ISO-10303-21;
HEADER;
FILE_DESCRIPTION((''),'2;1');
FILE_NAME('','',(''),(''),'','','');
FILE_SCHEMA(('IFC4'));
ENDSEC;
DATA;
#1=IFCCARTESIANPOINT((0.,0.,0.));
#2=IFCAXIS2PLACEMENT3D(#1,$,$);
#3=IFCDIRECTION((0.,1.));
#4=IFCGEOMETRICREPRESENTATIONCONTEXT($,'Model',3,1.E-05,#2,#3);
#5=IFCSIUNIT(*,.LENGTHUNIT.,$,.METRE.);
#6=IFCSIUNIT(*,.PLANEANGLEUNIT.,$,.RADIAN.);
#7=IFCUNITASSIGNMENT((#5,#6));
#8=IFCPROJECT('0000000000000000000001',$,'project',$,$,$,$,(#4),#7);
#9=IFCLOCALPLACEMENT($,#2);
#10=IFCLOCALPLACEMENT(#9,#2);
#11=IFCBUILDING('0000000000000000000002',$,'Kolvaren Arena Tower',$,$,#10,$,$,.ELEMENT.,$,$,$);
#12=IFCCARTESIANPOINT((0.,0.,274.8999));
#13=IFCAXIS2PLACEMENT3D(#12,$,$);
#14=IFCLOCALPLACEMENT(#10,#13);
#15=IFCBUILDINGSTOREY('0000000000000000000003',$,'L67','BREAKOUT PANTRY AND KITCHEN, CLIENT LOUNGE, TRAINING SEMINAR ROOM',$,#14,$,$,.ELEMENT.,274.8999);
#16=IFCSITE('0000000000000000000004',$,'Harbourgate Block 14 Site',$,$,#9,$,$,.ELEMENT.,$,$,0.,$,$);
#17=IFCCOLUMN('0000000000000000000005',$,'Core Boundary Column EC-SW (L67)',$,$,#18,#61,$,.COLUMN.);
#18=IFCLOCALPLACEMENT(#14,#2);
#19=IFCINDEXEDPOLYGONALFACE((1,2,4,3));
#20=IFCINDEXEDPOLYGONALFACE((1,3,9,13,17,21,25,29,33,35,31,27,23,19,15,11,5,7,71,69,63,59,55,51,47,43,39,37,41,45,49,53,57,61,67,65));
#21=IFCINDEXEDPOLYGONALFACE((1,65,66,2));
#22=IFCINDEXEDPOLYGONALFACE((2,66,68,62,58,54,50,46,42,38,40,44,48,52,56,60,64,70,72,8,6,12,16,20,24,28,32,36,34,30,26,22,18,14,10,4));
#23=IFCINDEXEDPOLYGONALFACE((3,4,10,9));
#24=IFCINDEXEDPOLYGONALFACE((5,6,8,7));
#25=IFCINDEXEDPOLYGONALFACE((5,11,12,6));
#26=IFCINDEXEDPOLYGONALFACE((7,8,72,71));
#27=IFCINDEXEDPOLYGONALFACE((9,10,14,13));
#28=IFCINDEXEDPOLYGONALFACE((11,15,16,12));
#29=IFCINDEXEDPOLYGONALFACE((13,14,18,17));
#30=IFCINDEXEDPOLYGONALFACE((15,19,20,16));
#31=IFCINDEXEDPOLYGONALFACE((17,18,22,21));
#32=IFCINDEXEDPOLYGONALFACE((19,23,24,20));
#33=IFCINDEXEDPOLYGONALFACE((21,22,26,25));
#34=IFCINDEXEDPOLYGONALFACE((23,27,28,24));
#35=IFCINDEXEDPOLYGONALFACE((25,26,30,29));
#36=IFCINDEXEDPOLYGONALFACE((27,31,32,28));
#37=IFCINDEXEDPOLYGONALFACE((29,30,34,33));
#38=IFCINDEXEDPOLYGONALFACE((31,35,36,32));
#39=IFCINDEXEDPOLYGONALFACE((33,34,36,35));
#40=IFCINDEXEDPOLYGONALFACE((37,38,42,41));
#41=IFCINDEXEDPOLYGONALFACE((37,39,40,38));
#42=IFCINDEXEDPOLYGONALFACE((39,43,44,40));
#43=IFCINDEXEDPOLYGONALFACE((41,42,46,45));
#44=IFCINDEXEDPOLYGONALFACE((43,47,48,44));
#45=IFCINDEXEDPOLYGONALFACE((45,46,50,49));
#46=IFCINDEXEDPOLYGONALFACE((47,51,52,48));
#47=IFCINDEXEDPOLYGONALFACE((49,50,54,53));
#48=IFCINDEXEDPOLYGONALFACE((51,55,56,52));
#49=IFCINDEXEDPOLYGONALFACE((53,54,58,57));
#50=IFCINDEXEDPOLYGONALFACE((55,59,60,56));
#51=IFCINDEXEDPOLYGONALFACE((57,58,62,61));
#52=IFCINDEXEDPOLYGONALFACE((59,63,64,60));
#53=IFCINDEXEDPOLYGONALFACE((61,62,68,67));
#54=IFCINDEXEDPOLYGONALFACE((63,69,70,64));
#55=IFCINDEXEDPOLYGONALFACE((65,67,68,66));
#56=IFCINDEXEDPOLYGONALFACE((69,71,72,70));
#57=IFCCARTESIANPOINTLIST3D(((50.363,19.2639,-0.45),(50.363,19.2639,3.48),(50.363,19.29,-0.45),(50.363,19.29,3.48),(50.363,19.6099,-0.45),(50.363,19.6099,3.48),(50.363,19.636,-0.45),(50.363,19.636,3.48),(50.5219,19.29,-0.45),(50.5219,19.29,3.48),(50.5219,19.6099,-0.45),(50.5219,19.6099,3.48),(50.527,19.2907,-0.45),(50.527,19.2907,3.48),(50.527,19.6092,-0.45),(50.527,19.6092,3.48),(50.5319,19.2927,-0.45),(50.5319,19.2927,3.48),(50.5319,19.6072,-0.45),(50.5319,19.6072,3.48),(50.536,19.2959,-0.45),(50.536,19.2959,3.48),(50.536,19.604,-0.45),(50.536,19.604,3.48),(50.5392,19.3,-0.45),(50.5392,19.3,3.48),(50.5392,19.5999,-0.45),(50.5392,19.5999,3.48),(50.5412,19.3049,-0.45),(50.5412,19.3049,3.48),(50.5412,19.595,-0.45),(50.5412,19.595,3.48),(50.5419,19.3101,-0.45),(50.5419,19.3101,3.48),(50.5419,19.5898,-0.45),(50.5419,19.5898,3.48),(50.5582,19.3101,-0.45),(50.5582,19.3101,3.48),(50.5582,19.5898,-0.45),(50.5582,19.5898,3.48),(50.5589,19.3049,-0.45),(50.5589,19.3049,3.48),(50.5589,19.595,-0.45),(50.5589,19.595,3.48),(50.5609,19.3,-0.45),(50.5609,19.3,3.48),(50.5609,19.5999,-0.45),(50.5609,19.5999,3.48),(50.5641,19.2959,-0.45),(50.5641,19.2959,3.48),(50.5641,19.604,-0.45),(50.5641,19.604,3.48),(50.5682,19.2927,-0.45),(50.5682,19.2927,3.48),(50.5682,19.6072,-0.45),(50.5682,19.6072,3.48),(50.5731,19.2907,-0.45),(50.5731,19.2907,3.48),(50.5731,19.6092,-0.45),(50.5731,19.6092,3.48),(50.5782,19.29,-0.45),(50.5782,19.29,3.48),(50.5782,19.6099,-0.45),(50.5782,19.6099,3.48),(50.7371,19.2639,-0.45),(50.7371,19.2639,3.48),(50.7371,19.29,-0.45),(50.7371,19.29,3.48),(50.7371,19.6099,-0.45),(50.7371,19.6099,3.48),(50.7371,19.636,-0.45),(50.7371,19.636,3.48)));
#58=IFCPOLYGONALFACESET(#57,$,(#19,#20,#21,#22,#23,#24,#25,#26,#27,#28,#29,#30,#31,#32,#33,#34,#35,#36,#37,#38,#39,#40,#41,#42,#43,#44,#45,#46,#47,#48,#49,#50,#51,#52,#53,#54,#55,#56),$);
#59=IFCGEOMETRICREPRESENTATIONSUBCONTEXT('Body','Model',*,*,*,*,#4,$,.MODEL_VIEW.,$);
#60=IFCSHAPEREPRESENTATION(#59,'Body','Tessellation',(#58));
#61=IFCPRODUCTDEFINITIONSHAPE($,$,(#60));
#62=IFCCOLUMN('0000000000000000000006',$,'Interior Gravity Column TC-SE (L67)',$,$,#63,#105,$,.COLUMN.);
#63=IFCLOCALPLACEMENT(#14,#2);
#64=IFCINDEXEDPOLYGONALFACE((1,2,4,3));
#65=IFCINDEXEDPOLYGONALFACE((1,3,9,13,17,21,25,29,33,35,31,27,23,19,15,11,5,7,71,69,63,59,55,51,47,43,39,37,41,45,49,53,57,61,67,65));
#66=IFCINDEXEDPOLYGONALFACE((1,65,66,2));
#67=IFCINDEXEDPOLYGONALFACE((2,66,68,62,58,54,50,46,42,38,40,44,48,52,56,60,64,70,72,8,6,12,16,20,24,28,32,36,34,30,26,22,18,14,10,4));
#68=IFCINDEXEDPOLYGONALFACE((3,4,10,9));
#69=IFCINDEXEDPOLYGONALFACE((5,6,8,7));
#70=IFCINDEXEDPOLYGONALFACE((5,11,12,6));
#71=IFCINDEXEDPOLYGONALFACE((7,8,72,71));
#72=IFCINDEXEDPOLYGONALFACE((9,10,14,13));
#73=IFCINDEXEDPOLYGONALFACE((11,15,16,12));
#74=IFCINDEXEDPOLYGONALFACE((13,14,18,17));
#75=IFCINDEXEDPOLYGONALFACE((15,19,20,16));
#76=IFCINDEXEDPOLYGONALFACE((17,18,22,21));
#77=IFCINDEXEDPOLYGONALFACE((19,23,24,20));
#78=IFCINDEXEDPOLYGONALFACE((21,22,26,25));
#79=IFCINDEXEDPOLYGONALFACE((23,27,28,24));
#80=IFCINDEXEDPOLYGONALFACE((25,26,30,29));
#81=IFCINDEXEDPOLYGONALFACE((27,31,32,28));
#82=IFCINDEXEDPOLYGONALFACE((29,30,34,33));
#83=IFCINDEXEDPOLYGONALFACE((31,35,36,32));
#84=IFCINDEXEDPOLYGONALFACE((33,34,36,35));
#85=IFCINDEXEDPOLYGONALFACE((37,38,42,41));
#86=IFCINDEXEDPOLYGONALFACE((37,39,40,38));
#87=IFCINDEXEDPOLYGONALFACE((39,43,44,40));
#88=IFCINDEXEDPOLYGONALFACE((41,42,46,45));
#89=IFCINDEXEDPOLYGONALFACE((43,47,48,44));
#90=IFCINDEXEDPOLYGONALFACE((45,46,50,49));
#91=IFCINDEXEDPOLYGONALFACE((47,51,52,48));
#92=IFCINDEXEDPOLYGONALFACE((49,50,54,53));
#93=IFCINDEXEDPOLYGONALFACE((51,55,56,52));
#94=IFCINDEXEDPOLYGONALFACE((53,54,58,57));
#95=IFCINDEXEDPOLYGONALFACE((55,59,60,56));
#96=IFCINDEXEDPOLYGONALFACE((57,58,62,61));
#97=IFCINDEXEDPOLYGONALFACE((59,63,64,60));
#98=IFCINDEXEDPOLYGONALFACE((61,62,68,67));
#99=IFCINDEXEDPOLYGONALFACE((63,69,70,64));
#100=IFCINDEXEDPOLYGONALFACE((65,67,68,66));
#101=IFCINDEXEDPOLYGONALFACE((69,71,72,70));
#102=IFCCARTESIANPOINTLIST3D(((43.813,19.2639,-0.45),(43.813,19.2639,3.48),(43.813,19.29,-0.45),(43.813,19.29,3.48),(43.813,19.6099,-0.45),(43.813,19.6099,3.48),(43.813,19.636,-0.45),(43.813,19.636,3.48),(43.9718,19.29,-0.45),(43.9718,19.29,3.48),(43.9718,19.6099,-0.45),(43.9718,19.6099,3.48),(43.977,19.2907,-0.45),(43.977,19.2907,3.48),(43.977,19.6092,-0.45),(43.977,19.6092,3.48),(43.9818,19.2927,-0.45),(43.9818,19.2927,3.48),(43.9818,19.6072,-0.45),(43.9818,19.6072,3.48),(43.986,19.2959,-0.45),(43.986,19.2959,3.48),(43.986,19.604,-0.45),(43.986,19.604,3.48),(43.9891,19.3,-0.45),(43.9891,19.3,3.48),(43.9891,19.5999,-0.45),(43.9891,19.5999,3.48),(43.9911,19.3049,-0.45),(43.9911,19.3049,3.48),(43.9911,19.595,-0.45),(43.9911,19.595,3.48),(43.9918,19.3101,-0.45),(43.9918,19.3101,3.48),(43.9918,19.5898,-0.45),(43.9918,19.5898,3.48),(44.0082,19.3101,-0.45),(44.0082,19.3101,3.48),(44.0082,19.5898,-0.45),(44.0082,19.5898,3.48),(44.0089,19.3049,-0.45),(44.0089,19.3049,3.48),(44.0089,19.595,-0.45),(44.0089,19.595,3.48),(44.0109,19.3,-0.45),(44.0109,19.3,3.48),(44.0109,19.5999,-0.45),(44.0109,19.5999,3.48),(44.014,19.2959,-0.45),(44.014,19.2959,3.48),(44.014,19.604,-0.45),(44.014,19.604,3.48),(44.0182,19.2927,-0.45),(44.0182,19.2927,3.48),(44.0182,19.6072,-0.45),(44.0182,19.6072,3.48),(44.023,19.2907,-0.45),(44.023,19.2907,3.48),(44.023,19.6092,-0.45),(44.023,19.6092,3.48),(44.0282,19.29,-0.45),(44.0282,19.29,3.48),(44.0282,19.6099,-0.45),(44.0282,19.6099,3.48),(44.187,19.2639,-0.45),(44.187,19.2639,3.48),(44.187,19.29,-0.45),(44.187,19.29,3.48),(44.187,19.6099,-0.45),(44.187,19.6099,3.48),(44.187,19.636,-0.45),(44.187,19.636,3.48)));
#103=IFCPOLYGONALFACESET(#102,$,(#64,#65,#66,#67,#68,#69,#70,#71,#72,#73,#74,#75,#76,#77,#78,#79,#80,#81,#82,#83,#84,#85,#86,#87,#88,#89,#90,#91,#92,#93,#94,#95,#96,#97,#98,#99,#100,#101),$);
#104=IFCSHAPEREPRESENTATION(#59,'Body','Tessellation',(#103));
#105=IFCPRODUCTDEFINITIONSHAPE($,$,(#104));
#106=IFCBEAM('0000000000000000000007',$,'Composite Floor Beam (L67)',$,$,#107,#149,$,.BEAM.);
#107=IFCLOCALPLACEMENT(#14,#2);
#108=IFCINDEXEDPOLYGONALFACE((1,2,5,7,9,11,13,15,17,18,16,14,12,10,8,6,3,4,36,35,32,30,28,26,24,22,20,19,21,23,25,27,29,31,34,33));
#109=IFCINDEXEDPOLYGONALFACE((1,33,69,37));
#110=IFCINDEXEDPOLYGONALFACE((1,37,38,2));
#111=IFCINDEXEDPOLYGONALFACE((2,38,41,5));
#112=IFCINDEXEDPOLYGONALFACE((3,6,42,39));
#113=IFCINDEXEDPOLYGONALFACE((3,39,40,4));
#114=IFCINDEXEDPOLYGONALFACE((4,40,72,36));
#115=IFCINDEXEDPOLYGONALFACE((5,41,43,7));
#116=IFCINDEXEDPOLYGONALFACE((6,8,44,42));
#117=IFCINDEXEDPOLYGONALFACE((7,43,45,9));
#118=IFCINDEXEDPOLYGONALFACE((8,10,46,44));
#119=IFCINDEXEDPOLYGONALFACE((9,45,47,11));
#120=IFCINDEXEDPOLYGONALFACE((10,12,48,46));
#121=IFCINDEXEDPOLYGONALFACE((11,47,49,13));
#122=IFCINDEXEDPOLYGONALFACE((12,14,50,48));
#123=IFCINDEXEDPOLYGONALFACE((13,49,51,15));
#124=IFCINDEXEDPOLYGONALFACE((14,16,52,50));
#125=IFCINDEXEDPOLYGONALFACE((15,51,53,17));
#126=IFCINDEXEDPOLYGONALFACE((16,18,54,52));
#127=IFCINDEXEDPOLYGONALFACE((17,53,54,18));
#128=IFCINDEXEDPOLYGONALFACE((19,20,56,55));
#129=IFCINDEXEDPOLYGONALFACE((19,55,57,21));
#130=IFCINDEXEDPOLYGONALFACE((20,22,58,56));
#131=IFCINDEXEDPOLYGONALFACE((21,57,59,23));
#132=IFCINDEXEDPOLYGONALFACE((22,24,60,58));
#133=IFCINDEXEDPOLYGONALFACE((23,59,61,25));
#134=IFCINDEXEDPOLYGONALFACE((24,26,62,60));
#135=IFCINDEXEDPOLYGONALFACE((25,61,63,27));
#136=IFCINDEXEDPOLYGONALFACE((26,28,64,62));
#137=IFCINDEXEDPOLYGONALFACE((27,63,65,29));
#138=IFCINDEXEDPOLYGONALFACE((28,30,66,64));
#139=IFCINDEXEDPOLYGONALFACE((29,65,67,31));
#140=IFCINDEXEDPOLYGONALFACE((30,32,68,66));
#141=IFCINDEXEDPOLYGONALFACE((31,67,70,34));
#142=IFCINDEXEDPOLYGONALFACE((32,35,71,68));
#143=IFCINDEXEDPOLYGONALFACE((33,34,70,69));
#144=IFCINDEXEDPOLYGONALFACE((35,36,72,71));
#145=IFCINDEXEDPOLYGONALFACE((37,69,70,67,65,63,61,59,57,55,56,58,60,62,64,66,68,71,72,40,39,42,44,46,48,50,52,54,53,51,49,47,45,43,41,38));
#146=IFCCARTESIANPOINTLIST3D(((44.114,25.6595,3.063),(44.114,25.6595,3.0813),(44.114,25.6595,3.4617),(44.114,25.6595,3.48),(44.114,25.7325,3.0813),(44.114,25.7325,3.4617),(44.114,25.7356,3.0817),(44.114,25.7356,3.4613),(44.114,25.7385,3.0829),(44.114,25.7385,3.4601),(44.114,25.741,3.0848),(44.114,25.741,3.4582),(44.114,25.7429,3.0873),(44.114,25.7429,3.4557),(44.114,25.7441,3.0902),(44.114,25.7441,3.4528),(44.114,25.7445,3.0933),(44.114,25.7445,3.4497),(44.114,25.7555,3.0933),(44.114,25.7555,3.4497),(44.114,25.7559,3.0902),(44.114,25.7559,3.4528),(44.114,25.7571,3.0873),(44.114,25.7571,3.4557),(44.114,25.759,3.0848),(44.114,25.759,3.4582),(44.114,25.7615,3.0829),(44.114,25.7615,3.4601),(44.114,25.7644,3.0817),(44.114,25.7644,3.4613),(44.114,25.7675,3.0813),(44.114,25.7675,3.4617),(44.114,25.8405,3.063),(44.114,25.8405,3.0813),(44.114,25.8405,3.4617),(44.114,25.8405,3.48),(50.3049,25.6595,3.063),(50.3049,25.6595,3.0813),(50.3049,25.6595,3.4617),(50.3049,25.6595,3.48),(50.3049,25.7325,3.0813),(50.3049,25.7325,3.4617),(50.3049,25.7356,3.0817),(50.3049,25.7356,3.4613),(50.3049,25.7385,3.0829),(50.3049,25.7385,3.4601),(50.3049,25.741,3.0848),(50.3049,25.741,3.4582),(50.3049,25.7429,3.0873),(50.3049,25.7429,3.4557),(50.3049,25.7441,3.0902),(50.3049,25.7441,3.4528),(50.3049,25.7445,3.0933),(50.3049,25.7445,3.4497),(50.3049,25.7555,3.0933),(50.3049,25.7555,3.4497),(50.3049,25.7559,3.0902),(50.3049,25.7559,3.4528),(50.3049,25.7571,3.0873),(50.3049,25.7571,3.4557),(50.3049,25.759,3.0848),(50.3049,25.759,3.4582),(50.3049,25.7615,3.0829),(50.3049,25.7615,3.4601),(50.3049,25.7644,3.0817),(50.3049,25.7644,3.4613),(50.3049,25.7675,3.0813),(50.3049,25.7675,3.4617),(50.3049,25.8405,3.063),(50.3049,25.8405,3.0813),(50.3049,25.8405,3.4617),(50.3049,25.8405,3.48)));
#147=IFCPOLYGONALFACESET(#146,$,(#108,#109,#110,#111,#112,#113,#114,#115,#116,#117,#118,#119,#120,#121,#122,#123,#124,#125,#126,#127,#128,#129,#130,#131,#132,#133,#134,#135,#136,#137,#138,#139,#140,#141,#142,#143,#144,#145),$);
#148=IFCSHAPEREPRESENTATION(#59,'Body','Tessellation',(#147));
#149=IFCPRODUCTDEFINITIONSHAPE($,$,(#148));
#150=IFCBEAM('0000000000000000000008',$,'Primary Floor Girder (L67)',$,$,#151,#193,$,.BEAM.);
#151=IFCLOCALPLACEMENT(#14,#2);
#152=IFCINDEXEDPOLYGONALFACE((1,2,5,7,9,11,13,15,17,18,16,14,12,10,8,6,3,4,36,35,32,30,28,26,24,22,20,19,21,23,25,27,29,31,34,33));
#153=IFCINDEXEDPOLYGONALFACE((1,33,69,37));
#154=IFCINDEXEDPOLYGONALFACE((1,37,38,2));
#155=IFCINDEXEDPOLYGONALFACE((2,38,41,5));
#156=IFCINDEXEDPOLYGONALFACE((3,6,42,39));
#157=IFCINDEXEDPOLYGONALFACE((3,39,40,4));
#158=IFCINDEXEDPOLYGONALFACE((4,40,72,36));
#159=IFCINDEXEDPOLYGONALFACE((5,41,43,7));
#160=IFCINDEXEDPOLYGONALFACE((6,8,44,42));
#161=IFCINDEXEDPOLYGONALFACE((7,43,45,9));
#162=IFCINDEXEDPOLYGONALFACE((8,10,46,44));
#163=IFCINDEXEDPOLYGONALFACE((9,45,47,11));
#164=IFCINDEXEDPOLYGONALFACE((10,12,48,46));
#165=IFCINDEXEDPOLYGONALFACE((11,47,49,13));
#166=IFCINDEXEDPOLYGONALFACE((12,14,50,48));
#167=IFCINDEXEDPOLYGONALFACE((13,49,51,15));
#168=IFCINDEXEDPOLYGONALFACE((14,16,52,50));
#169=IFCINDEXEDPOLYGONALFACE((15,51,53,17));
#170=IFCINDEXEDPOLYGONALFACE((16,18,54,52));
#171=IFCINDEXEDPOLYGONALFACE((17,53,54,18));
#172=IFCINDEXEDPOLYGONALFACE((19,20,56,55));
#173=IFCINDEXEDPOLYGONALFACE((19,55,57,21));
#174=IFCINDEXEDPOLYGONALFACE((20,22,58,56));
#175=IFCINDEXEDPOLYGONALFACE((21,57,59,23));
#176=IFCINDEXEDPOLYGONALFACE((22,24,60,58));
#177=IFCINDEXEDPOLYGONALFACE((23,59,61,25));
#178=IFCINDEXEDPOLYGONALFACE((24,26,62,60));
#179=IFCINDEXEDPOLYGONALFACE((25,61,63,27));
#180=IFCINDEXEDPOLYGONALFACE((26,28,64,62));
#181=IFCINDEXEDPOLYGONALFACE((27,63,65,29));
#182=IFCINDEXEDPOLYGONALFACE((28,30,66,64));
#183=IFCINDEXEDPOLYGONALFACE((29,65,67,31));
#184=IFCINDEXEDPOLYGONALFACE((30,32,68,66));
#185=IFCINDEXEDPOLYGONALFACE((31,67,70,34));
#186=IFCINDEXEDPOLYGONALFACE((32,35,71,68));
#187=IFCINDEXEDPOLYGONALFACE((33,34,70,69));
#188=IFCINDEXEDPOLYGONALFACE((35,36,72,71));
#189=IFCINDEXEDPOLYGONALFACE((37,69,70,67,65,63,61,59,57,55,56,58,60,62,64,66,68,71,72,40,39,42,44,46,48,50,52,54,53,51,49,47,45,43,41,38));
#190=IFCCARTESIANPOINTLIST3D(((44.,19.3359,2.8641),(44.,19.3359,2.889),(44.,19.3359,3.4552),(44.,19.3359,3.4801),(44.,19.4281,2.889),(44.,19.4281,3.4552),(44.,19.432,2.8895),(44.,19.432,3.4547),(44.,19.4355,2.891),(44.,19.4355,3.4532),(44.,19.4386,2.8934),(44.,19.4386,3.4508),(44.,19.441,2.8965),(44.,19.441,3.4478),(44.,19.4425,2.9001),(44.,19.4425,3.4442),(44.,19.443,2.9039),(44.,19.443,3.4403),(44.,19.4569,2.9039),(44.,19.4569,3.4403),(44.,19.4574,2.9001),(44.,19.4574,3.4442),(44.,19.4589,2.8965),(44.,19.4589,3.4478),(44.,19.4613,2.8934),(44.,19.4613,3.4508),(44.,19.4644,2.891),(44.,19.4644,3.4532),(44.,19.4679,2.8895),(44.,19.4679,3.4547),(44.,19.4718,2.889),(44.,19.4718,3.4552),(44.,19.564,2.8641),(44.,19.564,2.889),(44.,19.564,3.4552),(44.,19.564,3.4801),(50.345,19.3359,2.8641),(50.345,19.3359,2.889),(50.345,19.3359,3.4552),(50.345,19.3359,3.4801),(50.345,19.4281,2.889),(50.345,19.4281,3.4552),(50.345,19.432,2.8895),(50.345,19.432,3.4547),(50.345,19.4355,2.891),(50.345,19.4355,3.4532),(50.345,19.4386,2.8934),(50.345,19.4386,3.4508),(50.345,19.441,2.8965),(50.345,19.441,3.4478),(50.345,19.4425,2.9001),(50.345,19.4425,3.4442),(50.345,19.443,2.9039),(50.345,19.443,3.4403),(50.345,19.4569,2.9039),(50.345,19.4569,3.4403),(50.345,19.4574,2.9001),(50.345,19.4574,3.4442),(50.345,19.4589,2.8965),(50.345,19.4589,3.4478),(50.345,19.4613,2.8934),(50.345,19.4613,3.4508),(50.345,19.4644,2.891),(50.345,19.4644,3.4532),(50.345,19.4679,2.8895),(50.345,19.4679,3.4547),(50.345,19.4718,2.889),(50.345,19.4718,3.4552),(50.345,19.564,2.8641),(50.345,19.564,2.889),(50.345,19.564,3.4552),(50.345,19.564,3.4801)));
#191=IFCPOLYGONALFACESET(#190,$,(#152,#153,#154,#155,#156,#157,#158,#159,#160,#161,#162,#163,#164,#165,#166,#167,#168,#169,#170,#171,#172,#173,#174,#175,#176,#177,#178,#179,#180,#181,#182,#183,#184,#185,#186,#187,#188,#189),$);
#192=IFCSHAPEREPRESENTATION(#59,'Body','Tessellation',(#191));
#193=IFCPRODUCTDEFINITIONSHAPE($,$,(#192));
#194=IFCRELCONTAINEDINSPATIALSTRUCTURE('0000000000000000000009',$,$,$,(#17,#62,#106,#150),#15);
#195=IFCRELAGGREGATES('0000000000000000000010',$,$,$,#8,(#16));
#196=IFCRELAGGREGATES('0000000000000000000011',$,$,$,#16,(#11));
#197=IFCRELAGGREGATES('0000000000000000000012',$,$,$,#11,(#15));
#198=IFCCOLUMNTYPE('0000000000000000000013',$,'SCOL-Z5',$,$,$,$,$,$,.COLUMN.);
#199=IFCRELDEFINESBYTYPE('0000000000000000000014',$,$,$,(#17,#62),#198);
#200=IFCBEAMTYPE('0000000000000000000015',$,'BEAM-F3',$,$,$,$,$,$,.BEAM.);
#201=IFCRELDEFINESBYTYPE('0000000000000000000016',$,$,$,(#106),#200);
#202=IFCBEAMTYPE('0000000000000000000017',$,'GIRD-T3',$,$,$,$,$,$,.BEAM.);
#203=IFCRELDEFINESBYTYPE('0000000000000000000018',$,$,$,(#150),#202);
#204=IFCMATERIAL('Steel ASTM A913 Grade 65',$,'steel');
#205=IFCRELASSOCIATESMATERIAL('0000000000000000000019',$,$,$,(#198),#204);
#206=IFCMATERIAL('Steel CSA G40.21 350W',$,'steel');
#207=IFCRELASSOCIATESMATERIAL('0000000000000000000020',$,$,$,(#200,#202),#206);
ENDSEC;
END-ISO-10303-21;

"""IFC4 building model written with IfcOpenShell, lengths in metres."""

from ifc_helpers import new_model, si_unit, direction, frame, origin, origin_2d, place, context, subcontext, project, spatial, i_section, extrude, material, material_profile, profile_set, type_object, element, save


model = new_model("IFC4")

# Units and contexts
model_context = context("Model", 3, precision=1e-05, world=origin(), true_north=direction((0.0, 1.0)))
body_context = subcontext(model_context, "Body", "Model", "MODEL_VIEW")
ifc_project = project(units=[si_unit("LENGTHUNIT", "METRE"), si_unit("PLANEANGLEUNIT", "RADIAN")], contexts=[model_context])

# Site, building, storey
site_placement = place(None, origin())
site = spatial("IfcSite", under=ifc_project, at=site_placement, Name="Harbourgate Block 14 Site", CompositionType="ELEMENT", RefElevation=0.0)
building_placement = place(site_placement, origin())
building = spatial("IfcBuilding", under=site, at=building_placement, Name="Kolvaren Arena Tower", CompositionType="ELEMENT")
storey_placement = place(building_placement, frame((0.0, 0.0, 274.8999)))
storey = spatial("IfcBuildingStorey", under=building, at=storey_placement, Name="L67", Description="BREAKOUT PANTRY AND KITCHEN, CLIENT LOUNGE, TRAINING SEMINAR ROOM", CompositionType="ELEMENT", Elevation=274.8999)

# Columns
ifc_material_1 = material(Name="Steel ASTM A913 Grade 65", Category="steel")
ifc_material_profile_1 = material_profile(ifc_material_1, i_section(OverallWidth=0.374, OverallDepth=0.3721, WebThickness=0.0164, FlangeThickness=0.0261, FilletRadius=0.02, at=origin_2d()), Name="W360x196")
ifc_profile_set_1 = profile_set([ifc_material_profile_1], Name="Steel ASTM A913 Grade 65")
column_type = type_object("IfcColumnType", Name="SCOL-Z5", PredefinedType="COLUMN", material=ifc_profile_set_1)
for number, where, z_axis, x_axis, name in (
    (1, (50.55, 19.45, -0.45), (0.0, 0.0, 1.0), (1.0, 0.0, 0.0), "Core Boundary Column EC-SW (L67)"),
    (2, (44.0, 19.45, -0.45), (0.0, 0.0, 1.0), (1.0, 0.0, 0.0), "Interior Gravity Column TC-SE (L67)"),
):
    element("IfcColumn", number, at=place(storey_placement, frame(where, z_axis=z_axis, x_axis=x_axis)), inside=storey, type_object=column_type, Name=name, PredefinedType="COLUMN", context=body_context, shape_type="SweptSolid", body=[
        extrude(i_section(OverallWidth=0.374, OverallDepth=0.3721, WebThickness=0.0164, FlangeThickness=0.0261, FilletRadius=0.02, at=origin_2d()), origin(), (0.0, 0.0, 1.0), 3.9299),
    ])

# Beams
ifc_material_2 = material(Name="Steel CSA G40.21 350W", Category="steel")
ifc_material_profile_2 = material_profile(ifc_material_2, i_section(OverallWidth=0.1809, OverallDepth=0.417, WebThickness=0.011, FlangeThickness=0.0183, FilletRadius=0.012, at=origin_2d()), Name="W410x85")
ifc_profile_set_2 = profile_set([ifc_material_profile_2], Name="Steel CSA G40.21 350W")
beam_type_1 = type_object("IfcBeamType", Name="BEAM-F3", PredefinedType="BEAM", material=ifc_profile_set_2)
beam_1_placement = place(storey_placement, frame((44.114, 25.75, 3.2715), z_axis=(1.0, 0.0, 0.0), x_axis=(0.0, 1.0, 0.0)))
element("IfcBeam", 3, at=beam_1_placement, inside=storey, type_object=beam_type_1, Name="Composite Floor Beam (L67)", PredefinedType="BEAM", context=body_context, shape_type="SweptSolid", body=[
    extrude(i_section(OverallWidth=0.1809, OverallDepth=0.417, WebThickness=0.011, FlangeThickness=0.0183, FilletRadius=0.012, at=origin_2d()), origin(), (0.0, 0.0, 1.0), 6.1909),
])
ifc_material_profile_3 = material_profile(ifc_material_2, i_section(OverallWidth=0.228, OverallDepth=0.616, WebThickness=0.0139, FlangeThickness=0.0249, FilletRadius=0.0149, at=origin_2d()), Name="W610x174")
ifc_profile_set_3 = profile_set([ifc_material_profile_3], Name="Steel CSA G40.21 350W")
beam_type_2 = type_object("IfcBeamType", Name="GIRD-T3", PredefinedType="BEAM", material=ifc_profile_set_3)
beam_2_placement = place(storey_placement, frame((44.0, 19.45, 3.1721), z_axis=(1.0, 0.0, 0.0), x_axis=(0.0, 1.0, 0.0)))
element("IfcBeam", 4, at=beam_2_placement, inside=storey, type_object=beam_type_2, Name="Primary Floor Girder (L67)", PredefinedType="BEAM", context=body_context, shape_type="SweptSolid", body=[
    extrude(i_section(OverallWidth=0.228, OverallDepth=0.616, WebThickness=0.0139, FlangeThickness=0.0249, FilletRadius=0.0149, at=origin_2d()), origin(), (0.0, 0.0, 1.0), 6.345),
])

save(model, "model.ifc")
